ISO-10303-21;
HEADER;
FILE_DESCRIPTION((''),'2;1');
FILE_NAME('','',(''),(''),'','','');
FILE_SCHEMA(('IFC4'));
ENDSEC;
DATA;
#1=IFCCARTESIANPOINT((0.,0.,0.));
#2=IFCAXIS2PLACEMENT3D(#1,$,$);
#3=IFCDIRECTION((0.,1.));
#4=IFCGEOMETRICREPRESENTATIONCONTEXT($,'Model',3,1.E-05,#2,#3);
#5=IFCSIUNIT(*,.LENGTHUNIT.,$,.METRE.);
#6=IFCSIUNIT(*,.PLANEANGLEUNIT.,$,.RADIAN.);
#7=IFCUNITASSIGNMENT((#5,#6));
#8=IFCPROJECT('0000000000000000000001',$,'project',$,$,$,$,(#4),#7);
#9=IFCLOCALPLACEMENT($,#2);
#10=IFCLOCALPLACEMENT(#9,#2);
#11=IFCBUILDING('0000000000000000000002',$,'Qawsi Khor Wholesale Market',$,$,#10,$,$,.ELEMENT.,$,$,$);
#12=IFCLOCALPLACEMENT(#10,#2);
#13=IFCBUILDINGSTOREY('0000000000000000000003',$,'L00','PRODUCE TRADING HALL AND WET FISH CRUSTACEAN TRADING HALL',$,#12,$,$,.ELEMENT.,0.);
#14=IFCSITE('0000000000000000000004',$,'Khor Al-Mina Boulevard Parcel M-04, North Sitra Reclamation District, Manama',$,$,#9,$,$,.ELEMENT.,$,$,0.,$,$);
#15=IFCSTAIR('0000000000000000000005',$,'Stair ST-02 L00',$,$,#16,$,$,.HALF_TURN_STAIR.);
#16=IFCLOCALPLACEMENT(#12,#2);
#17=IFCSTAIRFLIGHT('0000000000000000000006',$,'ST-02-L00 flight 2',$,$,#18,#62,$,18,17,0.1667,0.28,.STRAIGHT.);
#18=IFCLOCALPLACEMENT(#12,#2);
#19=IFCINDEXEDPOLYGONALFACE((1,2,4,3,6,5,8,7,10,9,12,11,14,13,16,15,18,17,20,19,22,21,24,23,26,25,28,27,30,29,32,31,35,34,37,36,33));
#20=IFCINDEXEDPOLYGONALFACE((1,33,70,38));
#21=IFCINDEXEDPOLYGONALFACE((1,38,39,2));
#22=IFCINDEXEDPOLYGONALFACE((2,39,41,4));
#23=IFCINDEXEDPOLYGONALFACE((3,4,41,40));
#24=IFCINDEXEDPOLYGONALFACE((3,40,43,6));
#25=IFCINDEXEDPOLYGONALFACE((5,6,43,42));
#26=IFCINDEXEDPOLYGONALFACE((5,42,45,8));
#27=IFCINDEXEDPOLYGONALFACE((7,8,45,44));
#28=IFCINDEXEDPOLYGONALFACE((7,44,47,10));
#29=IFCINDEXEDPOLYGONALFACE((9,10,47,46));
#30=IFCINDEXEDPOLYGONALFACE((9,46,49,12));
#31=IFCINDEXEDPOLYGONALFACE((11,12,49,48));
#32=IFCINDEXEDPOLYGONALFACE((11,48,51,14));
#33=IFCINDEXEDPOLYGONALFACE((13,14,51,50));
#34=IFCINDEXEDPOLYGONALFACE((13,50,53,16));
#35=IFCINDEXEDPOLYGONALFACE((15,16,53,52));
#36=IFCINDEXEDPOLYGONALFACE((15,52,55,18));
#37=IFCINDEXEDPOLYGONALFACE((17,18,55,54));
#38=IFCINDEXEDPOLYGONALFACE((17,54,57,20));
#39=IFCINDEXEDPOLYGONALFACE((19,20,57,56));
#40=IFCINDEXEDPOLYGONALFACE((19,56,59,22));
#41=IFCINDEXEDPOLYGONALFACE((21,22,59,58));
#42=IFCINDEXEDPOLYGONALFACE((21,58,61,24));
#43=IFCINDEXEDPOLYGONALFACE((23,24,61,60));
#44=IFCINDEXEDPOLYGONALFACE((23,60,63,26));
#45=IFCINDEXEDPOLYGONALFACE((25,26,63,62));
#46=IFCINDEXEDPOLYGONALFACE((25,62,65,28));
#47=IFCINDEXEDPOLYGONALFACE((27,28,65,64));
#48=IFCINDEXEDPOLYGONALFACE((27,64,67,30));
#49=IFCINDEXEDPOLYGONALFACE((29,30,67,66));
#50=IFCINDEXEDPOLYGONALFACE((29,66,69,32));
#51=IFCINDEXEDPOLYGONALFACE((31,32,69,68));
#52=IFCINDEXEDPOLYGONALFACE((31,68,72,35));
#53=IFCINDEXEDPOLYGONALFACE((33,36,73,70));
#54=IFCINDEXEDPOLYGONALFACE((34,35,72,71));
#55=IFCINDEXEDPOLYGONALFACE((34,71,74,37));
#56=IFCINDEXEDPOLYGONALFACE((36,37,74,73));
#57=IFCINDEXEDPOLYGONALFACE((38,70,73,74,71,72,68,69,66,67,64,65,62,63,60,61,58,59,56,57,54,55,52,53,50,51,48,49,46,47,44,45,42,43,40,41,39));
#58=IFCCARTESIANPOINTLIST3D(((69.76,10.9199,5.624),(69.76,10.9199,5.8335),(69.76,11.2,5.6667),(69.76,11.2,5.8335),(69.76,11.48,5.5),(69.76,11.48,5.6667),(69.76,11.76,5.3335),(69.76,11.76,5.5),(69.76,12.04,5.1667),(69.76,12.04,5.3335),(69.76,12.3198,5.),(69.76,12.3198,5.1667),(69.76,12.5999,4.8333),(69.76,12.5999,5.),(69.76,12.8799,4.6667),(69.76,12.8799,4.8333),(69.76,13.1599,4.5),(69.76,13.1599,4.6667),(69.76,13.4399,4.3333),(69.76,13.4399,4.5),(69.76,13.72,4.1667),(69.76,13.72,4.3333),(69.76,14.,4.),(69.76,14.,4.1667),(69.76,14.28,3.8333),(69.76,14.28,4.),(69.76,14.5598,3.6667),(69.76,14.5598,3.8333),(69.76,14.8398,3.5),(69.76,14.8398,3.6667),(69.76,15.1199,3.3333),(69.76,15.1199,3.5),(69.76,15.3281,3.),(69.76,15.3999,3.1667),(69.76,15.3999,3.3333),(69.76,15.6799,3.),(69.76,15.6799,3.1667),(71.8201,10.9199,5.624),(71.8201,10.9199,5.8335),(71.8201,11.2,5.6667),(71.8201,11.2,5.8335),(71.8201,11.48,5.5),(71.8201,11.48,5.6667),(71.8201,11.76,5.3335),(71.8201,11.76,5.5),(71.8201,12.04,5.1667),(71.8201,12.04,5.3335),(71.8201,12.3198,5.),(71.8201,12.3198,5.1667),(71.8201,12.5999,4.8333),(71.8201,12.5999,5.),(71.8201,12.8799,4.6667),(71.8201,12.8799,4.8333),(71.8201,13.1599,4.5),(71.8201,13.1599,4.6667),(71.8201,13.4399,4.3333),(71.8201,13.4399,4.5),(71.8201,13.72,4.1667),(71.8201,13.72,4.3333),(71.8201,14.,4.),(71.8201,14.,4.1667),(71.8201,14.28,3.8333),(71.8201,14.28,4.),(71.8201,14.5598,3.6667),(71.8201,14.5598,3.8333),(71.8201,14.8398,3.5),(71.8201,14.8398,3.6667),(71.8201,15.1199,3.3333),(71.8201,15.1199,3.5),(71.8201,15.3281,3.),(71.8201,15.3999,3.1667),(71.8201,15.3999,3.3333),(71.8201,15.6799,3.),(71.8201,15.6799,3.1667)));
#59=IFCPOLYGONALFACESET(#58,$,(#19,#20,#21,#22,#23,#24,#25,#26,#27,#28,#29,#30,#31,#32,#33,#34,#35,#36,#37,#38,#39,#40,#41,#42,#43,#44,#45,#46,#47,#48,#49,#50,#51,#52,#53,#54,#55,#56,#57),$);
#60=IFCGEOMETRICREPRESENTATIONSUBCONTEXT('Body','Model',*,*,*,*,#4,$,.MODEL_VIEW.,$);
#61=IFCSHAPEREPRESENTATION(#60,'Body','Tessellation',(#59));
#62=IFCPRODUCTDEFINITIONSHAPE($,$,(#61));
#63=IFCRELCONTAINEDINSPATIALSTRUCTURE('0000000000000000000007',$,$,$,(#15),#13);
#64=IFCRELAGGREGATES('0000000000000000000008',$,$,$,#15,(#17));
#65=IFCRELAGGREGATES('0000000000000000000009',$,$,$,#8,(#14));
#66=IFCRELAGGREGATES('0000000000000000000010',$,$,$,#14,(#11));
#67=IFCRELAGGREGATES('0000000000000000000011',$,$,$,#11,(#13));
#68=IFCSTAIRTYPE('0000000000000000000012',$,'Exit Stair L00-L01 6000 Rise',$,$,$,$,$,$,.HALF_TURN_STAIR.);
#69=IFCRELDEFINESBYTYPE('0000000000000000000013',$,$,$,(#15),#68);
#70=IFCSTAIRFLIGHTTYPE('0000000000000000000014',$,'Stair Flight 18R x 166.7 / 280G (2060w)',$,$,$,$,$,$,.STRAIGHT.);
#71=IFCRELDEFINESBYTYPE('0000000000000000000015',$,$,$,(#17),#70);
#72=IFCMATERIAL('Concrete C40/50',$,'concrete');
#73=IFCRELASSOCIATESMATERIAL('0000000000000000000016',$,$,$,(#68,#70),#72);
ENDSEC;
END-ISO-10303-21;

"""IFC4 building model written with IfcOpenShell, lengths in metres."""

from ifc_helpers import new_model, si_unit, direction, frame, origin, place, context, subcontext, project, spatial, polyline, outline, extrude, material, type_object, element, aggregate, save


model = new_model("IFC4")

# Units and contexts
model_context = context("Model", 3, precision=1e-05, world=origin(), true_north=direction((0.0, 1.0)))
body_context = subcontext(model_context, "Body", "Model", "MODEL_VIEW")
ifc_project = project(units=[si_unit("LENGTHUNIT", "METRE"), si_unit("PLANEANGLEUNIT", "RADIAN")], contexts=[model_context])

# Site, building, storey
site_placement = place(None, origin())
site = spatial("IfcSite", under=ifc_project, at=site_placement, Name="Khor Al-Mina Boulevard Parcel M-04, North Sitra Reclamation District, Manama", CompositionType="ELEMENT", RefElevation=0.0)
building_placement = place(site_placement, origin())
building = spatial("IfcBuilding", under=site, at=building_placement, Name="Qawsi Khor Wholesale Market", CompositionType="ELEMENT")
storey_placement = place(building_placement, origin())
storey = spatial("IfcBuildingStorey", under=building, at=storey_placement, Name="L00", Description="PRODUCE TRADING HALL AND WET FISH CRUSTACEAN TRADING HALL", CompositionType="ELEMENT", Elevation=0.0)

# Shared definitions
ifc_material_1 = material(Name="Concrete C40/50", Category="concrete")

# Stair, stair flight
stair_type = type_object("IfcStairType", Name="Exit Stair L00-L01 6000 Rise", PredefinedType="HALF_TURN_STAIR", material=ifc_material_1)
stair_placement = place(storey_placement, origin())
stair = element("IfcStair", 1, at=stair_placement, inside=storey, type_object=stair_type, Name="Stair ST-02 L00", PredefinedType="HALF_TURN_STAIR")
stair_flight_type = type_object("IfcStairFlightType", Name="Stair Flight 18R x 166.7 / 280G (2060w)", PredefinedType="STRAIGHT", material=ifc_material_1)
stair_flight_1_placement = place(storey_placement, frame((70.79, 15.6799, 3.0), z_axis=(0.0, 0.0, 1.0), x_axis=(0.0, -1.0, 0.0)))
stair_flight_1 = element("IfcStairFlight", 2, at=stair_flight_1_placement, type_object=stair_flight_type, Name="ST-02-L00 flight 2", NumberOfRisers=18, NumberOfTreads=17, PredefinedType="STRAIGHT", RiserHeight=0.1667, TreadLength=0.28, context=body_context, shape_type="SweptSolid", body=[
    extrude(outline(polyline([(0.0, 0.0), (0.0, 0.1667), (0.28, 0.1667), (0.28, 0.3333), (0.5601, 0.3333), (0.5601, 0.5), (0.8401, 0.5), (0.8401, 0.6667), (1.1201, 0.6667), (1.1201, 0.8333), (1.3999, 0.8333), (1.3999, 1.0), (1.6799, 1.0), (1.6799, 1.1667), (1.96, 1.1667), (1.96, 1.3333), (2.24, 1.3333), (2.24, 1.5), (2.52, 1.5), (2.52, 1.6667), (2.8, 1.6667), (2.8, 1.8333), (3.0801, 1.8333), (3.0801, 2.0), (3.3601, 2.0), (3.3601, 2.1667), (3.6399, 2.1667), (3.6399, 2.3335), (3.9199, 2.3335), (3.9199, 2.5), (4.2, 2.5), (4.2, 2.6667), (4.48, 2.6667), (4.48, 2.8335), (4.76, 2.8335), (4.76, 3.0), (4.76, 2.624), (0.3518, 0.0), (0.0, 0.0)])), frame((0.0, 1.03, 0.0), z_axis=(0.0, -1.0, 0.0), x_axis=(1.0, 0.0, 0.0)), (0.0, 0.0, 1.0), 2.0601),
])
aggregate(stair, [stair_flight_1])

save(model, "model.ifc")
